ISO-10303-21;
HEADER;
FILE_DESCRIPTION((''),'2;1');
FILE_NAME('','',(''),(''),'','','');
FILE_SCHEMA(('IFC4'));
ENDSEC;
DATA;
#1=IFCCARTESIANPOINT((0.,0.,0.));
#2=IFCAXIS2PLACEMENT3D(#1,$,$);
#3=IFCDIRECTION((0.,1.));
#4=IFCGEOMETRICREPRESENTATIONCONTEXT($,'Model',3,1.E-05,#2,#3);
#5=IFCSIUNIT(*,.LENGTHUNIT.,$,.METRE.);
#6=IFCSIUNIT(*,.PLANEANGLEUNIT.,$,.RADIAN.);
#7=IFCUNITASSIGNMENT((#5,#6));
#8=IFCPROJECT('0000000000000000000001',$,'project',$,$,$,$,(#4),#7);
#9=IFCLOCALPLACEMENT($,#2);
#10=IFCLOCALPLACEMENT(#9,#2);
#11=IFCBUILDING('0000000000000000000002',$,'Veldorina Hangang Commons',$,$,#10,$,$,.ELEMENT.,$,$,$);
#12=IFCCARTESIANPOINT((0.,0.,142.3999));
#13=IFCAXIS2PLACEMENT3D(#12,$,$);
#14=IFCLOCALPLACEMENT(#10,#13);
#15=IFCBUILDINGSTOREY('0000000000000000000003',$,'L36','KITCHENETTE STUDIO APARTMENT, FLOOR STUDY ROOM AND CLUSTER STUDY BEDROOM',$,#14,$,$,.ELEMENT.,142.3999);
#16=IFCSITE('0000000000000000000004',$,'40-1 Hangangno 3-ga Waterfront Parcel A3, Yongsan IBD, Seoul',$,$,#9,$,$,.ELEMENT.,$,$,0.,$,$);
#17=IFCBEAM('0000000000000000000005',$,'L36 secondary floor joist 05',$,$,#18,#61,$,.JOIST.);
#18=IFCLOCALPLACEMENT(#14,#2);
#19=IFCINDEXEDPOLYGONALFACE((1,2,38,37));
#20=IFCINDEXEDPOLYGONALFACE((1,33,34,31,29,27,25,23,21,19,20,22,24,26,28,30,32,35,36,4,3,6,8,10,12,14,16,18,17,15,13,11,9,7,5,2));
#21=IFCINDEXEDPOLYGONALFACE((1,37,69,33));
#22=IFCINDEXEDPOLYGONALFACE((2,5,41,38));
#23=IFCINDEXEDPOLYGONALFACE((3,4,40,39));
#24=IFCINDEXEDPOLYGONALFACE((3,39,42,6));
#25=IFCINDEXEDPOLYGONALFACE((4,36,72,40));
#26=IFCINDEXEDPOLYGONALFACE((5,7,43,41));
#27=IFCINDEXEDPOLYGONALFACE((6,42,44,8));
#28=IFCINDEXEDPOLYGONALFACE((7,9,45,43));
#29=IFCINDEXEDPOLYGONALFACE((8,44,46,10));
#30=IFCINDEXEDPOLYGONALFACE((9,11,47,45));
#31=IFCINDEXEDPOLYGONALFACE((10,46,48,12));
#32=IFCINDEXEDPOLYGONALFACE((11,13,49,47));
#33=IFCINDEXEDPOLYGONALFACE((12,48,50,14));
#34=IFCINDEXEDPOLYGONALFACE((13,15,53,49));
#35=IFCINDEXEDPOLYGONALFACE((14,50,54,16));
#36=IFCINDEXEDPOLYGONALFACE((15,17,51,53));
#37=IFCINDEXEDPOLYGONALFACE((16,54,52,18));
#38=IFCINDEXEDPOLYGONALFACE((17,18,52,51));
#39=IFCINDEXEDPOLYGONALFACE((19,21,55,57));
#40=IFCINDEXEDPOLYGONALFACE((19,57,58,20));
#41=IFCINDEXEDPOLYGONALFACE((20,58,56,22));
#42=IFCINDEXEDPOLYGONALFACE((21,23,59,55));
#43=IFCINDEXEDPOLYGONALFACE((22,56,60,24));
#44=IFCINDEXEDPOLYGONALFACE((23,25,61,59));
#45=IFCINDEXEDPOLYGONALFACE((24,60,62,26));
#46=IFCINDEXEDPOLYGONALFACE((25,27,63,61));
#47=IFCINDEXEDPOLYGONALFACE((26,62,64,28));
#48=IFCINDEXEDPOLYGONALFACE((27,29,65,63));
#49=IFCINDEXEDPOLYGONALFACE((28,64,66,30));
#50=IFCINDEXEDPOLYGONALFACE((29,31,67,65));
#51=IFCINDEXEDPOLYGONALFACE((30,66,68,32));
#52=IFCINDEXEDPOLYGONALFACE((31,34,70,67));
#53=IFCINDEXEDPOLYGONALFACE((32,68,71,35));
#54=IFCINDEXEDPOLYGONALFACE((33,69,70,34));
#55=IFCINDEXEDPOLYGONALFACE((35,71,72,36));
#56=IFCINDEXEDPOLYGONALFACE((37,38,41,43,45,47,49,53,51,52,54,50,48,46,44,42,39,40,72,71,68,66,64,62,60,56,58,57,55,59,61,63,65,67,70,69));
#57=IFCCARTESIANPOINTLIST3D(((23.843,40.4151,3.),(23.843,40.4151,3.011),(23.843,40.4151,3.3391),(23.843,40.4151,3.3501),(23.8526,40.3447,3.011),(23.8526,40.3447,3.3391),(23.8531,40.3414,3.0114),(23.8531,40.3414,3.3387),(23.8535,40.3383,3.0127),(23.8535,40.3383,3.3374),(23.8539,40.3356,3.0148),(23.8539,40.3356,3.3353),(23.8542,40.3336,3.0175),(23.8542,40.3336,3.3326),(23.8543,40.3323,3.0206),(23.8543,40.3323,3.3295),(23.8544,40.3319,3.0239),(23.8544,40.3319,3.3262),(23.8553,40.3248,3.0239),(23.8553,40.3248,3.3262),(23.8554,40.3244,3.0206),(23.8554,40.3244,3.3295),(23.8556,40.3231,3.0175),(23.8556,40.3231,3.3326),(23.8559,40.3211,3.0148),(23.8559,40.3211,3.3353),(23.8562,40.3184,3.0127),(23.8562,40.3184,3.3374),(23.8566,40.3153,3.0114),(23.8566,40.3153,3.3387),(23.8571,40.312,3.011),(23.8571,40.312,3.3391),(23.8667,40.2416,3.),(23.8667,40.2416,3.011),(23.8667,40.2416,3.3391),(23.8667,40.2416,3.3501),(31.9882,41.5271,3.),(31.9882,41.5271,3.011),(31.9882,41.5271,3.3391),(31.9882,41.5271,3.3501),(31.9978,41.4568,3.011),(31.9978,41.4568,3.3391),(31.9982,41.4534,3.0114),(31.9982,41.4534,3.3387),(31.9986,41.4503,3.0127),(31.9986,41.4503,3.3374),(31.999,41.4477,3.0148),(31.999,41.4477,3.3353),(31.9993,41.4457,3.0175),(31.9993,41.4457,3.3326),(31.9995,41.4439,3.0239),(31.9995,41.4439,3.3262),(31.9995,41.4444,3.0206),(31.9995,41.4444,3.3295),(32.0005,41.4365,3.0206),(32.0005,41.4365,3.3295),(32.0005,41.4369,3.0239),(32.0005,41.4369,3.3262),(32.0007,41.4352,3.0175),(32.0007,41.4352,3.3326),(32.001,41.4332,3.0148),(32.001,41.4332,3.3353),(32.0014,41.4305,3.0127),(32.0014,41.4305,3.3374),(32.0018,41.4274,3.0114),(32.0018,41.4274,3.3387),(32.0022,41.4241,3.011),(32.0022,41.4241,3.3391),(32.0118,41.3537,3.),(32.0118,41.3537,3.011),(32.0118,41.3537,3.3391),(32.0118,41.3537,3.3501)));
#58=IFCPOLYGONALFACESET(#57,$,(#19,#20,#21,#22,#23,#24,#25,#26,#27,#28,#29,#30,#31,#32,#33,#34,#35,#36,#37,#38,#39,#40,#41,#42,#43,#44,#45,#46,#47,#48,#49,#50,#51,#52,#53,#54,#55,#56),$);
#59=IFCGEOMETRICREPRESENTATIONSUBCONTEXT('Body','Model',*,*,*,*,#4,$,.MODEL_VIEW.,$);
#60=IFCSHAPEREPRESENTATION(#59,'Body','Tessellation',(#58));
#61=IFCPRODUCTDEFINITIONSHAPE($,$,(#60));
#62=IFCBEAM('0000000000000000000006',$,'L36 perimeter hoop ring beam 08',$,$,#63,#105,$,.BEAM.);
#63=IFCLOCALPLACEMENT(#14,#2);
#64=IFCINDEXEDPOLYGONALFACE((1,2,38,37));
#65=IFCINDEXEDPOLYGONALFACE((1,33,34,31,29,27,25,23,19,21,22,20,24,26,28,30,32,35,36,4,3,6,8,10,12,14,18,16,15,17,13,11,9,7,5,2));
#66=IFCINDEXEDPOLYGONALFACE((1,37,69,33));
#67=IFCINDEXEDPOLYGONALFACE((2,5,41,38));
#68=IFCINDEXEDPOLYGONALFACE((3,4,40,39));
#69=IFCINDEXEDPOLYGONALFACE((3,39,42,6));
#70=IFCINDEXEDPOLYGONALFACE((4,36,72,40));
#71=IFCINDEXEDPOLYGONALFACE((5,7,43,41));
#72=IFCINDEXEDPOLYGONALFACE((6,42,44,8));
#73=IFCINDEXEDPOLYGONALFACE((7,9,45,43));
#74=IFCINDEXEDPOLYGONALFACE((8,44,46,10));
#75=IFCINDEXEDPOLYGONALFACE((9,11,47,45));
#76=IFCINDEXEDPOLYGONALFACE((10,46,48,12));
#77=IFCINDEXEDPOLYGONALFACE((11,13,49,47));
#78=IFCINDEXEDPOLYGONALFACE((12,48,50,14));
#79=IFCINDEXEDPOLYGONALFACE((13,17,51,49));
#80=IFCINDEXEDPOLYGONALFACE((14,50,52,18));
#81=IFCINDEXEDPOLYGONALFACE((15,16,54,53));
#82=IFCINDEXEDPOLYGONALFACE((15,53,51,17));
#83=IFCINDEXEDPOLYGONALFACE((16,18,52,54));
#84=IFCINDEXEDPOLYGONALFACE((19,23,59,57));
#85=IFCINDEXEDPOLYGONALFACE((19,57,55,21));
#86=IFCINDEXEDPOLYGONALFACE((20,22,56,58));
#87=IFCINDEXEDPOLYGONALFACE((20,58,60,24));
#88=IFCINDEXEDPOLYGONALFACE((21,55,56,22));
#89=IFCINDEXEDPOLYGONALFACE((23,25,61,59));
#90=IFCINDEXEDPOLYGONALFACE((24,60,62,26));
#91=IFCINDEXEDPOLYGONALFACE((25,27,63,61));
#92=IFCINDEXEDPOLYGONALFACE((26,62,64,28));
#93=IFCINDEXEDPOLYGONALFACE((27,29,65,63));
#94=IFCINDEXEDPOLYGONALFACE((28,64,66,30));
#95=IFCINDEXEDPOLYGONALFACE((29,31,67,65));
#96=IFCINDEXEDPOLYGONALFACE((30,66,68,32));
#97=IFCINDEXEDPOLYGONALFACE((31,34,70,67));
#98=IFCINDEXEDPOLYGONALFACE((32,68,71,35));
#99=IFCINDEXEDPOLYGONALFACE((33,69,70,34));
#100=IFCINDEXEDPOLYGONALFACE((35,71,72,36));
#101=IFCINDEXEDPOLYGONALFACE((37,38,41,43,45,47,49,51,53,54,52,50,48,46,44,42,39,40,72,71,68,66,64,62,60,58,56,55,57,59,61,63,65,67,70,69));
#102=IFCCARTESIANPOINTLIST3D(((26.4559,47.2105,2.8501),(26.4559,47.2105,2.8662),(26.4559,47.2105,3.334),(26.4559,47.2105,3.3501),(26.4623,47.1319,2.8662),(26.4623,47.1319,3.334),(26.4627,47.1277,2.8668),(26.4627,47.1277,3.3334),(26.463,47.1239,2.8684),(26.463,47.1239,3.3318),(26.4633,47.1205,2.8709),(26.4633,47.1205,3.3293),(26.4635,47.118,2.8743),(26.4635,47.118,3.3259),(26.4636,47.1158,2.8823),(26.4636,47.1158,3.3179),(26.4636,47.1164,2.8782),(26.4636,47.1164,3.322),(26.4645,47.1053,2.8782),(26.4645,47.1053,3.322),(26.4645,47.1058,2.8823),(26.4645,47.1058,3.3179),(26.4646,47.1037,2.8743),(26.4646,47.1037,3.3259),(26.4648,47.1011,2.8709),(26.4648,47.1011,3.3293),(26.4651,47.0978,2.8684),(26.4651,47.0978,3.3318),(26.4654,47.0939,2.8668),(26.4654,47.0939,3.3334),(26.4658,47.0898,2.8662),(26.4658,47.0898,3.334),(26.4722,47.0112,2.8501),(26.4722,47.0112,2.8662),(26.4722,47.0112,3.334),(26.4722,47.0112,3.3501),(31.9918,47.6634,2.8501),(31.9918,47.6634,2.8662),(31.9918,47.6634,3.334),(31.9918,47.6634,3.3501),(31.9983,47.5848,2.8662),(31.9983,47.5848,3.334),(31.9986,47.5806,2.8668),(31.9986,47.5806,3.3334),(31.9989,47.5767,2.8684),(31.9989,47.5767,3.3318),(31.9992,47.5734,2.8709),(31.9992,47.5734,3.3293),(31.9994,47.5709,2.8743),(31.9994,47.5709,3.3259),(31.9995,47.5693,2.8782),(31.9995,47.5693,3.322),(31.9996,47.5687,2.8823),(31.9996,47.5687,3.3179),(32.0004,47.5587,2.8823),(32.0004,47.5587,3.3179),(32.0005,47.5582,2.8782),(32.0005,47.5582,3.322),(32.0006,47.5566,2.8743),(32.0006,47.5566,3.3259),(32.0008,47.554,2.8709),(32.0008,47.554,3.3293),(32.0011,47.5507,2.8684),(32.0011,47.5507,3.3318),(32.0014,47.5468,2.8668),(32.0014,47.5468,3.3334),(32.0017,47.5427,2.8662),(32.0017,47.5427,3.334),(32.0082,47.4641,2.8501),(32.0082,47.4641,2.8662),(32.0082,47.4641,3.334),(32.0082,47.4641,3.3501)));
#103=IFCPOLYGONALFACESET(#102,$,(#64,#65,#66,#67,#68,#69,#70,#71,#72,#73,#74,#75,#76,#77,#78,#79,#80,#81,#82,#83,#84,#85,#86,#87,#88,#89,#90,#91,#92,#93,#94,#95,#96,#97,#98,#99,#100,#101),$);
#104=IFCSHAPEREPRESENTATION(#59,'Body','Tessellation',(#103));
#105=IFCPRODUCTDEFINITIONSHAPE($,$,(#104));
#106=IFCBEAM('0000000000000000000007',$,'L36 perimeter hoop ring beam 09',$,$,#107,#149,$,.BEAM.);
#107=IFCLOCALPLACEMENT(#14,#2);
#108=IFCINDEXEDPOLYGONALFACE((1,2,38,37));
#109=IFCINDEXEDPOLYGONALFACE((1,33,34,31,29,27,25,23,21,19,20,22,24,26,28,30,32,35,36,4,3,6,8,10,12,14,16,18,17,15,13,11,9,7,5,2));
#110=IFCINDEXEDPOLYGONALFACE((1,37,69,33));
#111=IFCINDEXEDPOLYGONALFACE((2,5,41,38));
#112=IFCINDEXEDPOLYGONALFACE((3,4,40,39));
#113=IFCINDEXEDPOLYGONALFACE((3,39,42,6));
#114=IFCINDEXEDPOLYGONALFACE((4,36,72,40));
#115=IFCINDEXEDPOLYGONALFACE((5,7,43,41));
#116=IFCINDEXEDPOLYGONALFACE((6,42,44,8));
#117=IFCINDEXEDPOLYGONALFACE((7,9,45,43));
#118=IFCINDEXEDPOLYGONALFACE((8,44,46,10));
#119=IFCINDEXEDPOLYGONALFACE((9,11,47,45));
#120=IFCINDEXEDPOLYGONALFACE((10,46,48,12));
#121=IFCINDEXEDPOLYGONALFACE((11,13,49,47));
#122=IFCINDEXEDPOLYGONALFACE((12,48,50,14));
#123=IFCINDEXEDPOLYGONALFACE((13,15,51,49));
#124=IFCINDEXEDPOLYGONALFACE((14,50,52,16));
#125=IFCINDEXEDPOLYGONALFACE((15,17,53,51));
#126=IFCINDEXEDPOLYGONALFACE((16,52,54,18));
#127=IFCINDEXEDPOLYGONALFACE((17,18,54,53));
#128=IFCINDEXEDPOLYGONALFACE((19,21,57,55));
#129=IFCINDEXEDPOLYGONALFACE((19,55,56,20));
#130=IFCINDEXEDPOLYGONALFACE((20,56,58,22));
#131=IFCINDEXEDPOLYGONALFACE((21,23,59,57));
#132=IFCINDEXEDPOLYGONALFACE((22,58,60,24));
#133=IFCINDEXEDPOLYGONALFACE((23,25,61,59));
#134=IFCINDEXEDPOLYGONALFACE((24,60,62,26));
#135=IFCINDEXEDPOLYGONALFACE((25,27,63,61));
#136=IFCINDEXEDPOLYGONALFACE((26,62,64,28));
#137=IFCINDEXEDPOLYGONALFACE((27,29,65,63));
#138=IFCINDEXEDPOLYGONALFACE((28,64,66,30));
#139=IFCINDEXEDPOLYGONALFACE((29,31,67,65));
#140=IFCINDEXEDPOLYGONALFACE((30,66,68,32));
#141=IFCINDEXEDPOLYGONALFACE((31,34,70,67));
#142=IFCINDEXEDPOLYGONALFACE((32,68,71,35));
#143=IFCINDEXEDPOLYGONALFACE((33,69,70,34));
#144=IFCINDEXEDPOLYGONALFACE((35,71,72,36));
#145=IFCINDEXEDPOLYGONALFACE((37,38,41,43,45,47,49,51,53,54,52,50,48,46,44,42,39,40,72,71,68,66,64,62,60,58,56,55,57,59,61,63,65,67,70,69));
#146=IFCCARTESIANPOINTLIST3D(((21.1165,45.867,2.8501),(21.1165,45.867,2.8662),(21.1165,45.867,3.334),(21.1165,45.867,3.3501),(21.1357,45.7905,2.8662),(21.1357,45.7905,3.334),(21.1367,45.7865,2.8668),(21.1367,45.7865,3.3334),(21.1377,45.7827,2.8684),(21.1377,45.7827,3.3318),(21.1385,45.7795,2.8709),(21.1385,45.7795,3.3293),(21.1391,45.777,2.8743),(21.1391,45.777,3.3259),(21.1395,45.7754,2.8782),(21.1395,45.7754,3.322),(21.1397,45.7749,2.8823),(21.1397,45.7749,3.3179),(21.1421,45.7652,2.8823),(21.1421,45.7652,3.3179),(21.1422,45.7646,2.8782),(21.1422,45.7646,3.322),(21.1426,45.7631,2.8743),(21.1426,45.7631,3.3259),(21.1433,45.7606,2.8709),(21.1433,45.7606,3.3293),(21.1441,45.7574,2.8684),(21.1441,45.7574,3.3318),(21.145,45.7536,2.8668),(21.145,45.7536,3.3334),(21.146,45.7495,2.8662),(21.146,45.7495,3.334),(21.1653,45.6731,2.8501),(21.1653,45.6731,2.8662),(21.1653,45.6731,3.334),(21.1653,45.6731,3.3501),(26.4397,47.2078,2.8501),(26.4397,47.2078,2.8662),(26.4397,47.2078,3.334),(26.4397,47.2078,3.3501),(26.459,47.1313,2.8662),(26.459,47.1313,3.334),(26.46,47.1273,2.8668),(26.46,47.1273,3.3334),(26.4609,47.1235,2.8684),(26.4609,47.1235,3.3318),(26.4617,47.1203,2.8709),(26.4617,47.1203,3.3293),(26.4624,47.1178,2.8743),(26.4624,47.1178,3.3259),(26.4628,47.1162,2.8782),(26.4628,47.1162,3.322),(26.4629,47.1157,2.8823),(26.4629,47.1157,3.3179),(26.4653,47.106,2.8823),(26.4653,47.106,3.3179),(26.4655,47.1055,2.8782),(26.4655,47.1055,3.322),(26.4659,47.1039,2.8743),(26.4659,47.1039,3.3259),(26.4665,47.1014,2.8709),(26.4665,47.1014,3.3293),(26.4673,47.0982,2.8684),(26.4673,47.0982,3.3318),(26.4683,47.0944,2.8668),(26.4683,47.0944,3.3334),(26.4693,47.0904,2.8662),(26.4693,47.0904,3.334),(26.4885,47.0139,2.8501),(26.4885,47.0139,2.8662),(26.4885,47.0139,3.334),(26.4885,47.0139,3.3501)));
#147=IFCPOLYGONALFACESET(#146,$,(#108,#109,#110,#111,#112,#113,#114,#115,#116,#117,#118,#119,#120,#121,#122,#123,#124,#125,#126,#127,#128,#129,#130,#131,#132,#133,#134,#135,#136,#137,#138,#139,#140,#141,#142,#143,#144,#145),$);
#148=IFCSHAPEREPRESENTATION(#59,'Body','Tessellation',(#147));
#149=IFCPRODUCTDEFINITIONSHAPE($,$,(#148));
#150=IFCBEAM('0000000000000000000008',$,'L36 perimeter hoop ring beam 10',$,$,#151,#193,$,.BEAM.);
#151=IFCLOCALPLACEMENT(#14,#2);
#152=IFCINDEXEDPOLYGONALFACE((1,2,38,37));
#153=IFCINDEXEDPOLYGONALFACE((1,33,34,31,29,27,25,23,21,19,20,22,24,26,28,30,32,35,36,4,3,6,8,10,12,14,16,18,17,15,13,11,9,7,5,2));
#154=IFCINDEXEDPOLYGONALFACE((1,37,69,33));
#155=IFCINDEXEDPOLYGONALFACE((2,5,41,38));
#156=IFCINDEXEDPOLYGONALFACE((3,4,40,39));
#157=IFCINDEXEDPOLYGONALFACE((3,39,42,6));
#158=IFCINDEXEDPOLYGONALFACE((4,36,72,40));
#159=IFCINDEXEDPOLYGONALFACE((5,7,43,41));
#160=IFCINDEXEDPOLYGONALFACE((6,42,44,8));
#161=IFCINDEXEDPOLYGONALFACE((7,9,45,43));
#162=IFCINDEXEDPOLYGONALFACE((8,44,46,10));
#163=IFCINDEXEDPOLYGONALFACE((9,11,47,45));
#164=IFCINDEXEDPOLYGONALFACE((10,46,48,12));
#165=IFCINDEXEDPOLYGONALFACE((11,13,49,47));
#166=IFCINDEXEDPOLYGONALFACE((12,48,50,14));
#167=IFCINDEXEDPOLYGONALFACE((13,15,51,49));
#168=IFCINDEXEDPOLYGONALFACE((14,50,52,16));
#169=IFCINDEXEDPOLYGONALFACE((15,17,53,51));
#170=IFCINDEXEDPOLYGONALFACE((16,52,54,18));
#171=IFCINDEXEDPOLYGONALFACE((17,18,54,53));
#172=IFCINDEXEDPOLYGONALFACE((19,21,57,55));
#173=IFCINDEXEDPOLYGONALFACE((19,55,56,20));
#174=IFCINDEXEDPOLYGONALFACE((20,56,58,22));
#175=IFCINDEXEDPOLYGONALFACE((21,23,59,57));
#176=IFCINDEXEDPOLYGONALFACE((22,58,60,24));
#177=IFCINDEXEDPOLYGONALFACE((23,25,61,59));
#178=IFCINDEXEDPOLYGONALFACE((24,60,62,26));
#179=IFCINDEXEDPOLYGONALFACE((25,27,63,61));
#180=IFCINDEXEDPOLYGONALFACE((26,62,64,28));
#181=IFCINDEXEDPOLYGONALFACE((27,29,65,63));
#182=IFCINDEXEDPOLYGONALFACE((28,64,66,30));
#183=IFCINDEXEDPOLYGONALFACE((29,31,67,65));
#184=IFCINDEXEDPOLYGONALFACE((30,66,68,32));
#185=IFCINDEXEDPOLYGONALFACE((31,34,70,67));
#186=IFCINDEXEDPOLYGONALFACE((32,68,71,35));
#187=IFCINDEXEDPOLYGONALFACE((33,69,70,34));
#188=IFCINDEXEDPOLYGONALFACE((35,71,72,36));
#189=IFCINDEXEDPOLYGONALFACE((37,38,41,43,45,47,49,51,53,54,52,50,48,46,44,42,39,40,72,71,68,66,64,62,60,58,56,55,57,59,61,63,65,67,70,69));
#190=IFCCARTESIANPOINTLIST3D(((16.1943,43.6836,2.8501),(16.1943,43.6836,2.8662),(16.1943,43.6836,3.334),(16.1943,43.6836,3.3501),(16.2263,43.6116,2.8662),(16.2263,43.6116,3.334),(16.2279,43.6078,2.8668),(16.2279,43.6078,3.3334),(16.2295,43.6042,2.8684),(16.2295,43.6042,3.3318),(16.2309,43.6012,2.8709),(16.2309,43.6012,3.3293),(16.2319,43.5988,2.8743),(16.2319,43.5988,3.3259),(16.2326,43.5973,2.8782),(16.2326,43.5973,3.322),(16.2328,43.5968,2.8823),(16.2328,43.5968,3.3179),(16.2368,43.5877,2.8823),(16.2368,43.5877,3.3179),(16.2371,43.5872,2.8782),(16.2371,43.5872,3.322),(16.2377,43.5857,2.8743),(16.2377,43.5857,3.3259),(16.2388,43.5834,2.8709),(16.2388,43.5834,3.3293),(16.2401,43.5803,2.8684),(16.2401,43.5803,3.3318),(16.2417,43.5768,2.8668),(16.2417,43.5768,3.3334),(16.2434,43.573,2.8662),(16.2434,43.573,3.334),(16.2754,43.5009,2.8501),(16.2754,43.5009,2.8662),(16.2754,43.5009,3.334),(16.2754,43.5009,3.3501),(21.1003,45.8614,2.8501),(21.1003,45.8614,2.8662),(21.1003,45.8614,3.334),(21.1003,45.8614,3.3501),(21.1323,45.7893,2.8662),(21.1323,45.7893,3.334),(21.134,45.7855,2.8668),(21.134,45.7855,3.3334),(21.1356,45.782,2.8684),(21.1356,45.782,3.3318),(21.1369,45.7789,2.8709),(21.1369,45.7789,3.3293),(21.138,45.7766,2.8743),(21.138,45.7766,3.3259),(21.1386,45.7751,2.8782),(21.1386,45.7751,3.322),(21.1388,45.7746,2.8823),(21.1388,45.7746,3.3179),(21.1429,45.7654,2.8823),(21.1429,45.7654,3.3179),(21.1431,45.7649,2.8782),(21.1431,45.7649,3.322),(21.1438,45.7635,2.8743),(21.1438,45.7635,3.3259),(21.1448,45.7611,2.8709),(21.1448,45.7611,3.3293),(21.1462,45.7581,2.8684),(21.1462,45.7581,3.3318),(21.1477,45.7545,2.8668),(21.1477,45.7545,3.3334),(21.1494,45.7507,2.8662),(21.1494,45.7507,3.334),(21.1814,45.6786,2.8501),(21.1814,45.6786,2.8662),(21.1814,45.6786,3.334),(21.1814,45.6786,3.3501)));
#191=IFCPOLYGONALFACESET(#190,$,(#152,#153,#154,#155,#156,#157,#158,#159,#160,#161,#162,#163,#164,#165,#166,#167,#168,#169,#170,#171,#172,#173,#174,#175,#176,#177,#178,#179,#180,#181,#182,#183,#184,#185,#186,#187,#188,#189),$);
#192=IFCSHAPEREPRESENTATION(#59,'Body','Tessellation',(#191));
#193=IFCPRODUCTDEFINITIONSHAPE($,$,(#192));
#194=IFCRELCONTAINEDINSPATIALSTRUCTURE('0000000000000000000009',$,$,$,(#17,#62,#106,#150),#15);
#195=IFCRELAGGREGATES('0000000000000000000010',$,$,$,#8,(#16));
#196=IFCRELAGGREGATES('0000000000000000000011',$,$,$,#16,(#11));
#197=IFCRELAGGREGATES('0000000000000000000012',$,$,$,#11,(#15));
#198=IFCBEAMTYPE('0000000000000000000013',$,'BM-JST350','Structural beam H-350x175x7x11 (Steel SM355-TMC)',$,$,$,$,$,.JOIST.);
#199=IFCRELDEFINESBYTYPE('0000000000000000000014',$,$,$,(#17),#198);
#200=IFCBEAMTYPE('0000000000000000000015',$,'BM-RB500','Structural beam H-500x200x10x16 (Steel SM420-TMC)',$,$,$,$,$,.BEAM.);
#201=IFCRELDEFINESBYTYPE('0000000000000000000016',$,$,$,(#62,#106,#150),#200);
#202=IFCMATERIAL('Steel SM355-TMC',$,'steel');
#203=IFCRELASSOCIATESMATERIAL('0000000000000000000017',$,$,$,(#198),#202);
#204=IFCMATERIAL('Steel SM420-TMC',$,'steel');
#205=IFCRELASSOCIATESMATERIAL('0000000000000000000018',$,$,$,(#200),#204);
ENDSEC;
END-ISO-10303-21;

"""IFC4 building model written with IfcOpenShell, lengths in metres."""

from ifc_helpers import new_model, si_unit, direction, frame, origin, origin_2d, place, context, subcontext, project, spatial, i_section, extrude, material, material_profile, profile_set, type_object, element, save


model = new_model("IFC4")

# Units and contexts
model_context = context("Model", 3, precision=1e-05, world=origin(), true_north=direction((0.0, 1.0)))
body_context = subcontext(model_context, "Body", "Model", "MODEL_VIEW")
ifc_project = project(units=[si_unit("LENGTHUNIT", "METRE"), si_unit("PLANEANGLEUNIT", "RADIAN")], contexts=[model_context])

# Site, building, storey
site_placement = place(None, origin())
site = spatial("IfcSite", under=ifc_project, at=site_placement, Name="40-1 Hangangno 3-ga Waterfront Parcel A3, Yongsan IBD, Seoul", CompositionType="ELEMENT", RefElevation=0.0)
building_placement = place(site_placement, origin())
building = spatial("IfcBuilding", under=site, at=building_placement, Name="Veldorina Hangang Commons", CompositionType="ELEMENT")
storey_placement = place(building_placement, frame((0.0, 0.0, 142.3999)))
storey = spatial("IfcBuildingStorey", under=building, at=storey_placement, Name="L36", Description="KITCHENETTE STUDIO APARTMENT, FLOOR STUDY ROOM AND CLUSTER STUDY BEDROOM", CompositionType="ELEMENT", Elevation=142.3999)

# Beams
ifc_material_1 = material(Name="Steel SM355-TMC", Category="steel")
ifc_material_profile_1 = material_profile(ifc_material_1, i_section(OverallWidth=0.175, OverallDepth=0.3501, WebThickness=0.0071, FlangeThickness=0.011, FilletRadius=0.0129, at=origin_2d()), Name="H-350x175x7x11")
ifc_profile_set_1 = profile_set([ifc_material_profile_1], Name="Steel SM355-TMC")
beam_type_1 = type_object("IfcBeamType", Name="BM-JST350", Description="Structural beam H-350x175x7x11 (Steel SM355-TMC)", PredefinedType="JOIST", material=ifc_profile_set_1)
beam_1_placement = place(storey_placement, frame((32.0, 41.4404, 3.175), z_axis=(-0.990808, -0.135278, 0.0), x_axis=(0.135278, -0.990808, 0.0)))
element("IfcBeam", 1, at=beam_1_placement, inside=storey, type_object=beam_type_1, Name="L36 secondary floor joist 05", PredefinedType="JOIST", context=body_context, shape_type="SweptSolid", body=[
    extrude(i_section(OverallWidth=0.175, OverallDepth=0.3501, WebThickness=0.0071, FlangeThickness=0.011, FilletRadius=0.0129, at=origin_2d()), origin(), (0.0, 0.0, 1.0), 8.2207),
])
ifc_material_2 = material(Name="Steel SM420-TMC", Category="steel")
ifc_material_profile_2 = material_profile(ifc_material_2, i_section(OverallWidth=0.2, OverallDepth=0.5, WebThickness=0.01, FlangeThickness=0.0161, FilletRadius=0.0161, at=origin_2d()), Name="H-500x200x10x16")
ifc_profile_set_2 = profile_set([ifc_material_profile_2], Name="Steel SM420-TMC")
beam_type_2 = type_object("IfcBeamType", Name="BM-RB500", Description="Structural beam H-500x200x10x16 (Steel SM420-TMC)", PredefinedType="BEAM", material=ifc_profile_set_2)
beam_2_placement = place(storey_placement, frame((32.0, 47.5637, 3.1001), z_axis=(-0.99667, -0.081536, 0.0), x_axis=(0.081536, -0.99667, 0.0)))
element("IfcBeam", 2, at=beam_2_placement, inside=storey, type_object=beam_type_2, Name="L36 perimeter hoop ring beam 08", PredefinedType="BEAM", context=body_context, shape_type="SweptSolid", body=[
    extrude(i_section(OverallWidth=0.2, OverallDepth=0.5, WebThickness=0.01, FlangeThickness=0.0161, FilletRadius=0.0161, at=origin_2d()), origin(), (0.0, 0.0, 1.0), 5.5544),
])
beam_3_placement = place(storey_placement, frame((26.4641, 47.1108, 3.1001), z_axis=(-0.969712, -0.244251, 0.0), x_axis=(0.244251, -0.969712, 0.0)))
element("IfcBeam", 3, at=beam_3_placement, inside=storey, type_object=beam_type_2, Name="L36 perimeter hoop ring beam 09", PredefinedType="BEAM", context=body_context, shape_type="SweptSolid", body=[
    extrude(i_section(OverallWidth=0.2, OverallDepth=0.5, WebThickness=0.01, FlangeThickness=0.0161, FilletRadius=0.0161, at=origin_2d()), origin(), (0.0, 0.0, 1.0), 5.4895),
])
beam_4_placement = place(storey_placement, frame((21.1409, 45.77, 3.1001), z_axis=(-0.913999, -0.405716, 0.0), x_axis=(0.405716, -0.913999, 0.0)))
element("IfcBeam", 4, at=beam_4_placement, inside=storey, type_object=beam_type_2, Name="L36 perimeter hoop ring beam 10", PredefinedType="BEAM", context=body_context, shape_type="SweptSolid", body=[
    extrude(i_section(OverallWidth=0.2, OverallDepth=0.5, WebThickness=0.01, FlangeThickness=0.0161, FilletRadius=0.0161, at=origin_2d()), origin(), (0.0, 0.0, 1.0), 5.3677),
])

save(model, "model.ifc")
